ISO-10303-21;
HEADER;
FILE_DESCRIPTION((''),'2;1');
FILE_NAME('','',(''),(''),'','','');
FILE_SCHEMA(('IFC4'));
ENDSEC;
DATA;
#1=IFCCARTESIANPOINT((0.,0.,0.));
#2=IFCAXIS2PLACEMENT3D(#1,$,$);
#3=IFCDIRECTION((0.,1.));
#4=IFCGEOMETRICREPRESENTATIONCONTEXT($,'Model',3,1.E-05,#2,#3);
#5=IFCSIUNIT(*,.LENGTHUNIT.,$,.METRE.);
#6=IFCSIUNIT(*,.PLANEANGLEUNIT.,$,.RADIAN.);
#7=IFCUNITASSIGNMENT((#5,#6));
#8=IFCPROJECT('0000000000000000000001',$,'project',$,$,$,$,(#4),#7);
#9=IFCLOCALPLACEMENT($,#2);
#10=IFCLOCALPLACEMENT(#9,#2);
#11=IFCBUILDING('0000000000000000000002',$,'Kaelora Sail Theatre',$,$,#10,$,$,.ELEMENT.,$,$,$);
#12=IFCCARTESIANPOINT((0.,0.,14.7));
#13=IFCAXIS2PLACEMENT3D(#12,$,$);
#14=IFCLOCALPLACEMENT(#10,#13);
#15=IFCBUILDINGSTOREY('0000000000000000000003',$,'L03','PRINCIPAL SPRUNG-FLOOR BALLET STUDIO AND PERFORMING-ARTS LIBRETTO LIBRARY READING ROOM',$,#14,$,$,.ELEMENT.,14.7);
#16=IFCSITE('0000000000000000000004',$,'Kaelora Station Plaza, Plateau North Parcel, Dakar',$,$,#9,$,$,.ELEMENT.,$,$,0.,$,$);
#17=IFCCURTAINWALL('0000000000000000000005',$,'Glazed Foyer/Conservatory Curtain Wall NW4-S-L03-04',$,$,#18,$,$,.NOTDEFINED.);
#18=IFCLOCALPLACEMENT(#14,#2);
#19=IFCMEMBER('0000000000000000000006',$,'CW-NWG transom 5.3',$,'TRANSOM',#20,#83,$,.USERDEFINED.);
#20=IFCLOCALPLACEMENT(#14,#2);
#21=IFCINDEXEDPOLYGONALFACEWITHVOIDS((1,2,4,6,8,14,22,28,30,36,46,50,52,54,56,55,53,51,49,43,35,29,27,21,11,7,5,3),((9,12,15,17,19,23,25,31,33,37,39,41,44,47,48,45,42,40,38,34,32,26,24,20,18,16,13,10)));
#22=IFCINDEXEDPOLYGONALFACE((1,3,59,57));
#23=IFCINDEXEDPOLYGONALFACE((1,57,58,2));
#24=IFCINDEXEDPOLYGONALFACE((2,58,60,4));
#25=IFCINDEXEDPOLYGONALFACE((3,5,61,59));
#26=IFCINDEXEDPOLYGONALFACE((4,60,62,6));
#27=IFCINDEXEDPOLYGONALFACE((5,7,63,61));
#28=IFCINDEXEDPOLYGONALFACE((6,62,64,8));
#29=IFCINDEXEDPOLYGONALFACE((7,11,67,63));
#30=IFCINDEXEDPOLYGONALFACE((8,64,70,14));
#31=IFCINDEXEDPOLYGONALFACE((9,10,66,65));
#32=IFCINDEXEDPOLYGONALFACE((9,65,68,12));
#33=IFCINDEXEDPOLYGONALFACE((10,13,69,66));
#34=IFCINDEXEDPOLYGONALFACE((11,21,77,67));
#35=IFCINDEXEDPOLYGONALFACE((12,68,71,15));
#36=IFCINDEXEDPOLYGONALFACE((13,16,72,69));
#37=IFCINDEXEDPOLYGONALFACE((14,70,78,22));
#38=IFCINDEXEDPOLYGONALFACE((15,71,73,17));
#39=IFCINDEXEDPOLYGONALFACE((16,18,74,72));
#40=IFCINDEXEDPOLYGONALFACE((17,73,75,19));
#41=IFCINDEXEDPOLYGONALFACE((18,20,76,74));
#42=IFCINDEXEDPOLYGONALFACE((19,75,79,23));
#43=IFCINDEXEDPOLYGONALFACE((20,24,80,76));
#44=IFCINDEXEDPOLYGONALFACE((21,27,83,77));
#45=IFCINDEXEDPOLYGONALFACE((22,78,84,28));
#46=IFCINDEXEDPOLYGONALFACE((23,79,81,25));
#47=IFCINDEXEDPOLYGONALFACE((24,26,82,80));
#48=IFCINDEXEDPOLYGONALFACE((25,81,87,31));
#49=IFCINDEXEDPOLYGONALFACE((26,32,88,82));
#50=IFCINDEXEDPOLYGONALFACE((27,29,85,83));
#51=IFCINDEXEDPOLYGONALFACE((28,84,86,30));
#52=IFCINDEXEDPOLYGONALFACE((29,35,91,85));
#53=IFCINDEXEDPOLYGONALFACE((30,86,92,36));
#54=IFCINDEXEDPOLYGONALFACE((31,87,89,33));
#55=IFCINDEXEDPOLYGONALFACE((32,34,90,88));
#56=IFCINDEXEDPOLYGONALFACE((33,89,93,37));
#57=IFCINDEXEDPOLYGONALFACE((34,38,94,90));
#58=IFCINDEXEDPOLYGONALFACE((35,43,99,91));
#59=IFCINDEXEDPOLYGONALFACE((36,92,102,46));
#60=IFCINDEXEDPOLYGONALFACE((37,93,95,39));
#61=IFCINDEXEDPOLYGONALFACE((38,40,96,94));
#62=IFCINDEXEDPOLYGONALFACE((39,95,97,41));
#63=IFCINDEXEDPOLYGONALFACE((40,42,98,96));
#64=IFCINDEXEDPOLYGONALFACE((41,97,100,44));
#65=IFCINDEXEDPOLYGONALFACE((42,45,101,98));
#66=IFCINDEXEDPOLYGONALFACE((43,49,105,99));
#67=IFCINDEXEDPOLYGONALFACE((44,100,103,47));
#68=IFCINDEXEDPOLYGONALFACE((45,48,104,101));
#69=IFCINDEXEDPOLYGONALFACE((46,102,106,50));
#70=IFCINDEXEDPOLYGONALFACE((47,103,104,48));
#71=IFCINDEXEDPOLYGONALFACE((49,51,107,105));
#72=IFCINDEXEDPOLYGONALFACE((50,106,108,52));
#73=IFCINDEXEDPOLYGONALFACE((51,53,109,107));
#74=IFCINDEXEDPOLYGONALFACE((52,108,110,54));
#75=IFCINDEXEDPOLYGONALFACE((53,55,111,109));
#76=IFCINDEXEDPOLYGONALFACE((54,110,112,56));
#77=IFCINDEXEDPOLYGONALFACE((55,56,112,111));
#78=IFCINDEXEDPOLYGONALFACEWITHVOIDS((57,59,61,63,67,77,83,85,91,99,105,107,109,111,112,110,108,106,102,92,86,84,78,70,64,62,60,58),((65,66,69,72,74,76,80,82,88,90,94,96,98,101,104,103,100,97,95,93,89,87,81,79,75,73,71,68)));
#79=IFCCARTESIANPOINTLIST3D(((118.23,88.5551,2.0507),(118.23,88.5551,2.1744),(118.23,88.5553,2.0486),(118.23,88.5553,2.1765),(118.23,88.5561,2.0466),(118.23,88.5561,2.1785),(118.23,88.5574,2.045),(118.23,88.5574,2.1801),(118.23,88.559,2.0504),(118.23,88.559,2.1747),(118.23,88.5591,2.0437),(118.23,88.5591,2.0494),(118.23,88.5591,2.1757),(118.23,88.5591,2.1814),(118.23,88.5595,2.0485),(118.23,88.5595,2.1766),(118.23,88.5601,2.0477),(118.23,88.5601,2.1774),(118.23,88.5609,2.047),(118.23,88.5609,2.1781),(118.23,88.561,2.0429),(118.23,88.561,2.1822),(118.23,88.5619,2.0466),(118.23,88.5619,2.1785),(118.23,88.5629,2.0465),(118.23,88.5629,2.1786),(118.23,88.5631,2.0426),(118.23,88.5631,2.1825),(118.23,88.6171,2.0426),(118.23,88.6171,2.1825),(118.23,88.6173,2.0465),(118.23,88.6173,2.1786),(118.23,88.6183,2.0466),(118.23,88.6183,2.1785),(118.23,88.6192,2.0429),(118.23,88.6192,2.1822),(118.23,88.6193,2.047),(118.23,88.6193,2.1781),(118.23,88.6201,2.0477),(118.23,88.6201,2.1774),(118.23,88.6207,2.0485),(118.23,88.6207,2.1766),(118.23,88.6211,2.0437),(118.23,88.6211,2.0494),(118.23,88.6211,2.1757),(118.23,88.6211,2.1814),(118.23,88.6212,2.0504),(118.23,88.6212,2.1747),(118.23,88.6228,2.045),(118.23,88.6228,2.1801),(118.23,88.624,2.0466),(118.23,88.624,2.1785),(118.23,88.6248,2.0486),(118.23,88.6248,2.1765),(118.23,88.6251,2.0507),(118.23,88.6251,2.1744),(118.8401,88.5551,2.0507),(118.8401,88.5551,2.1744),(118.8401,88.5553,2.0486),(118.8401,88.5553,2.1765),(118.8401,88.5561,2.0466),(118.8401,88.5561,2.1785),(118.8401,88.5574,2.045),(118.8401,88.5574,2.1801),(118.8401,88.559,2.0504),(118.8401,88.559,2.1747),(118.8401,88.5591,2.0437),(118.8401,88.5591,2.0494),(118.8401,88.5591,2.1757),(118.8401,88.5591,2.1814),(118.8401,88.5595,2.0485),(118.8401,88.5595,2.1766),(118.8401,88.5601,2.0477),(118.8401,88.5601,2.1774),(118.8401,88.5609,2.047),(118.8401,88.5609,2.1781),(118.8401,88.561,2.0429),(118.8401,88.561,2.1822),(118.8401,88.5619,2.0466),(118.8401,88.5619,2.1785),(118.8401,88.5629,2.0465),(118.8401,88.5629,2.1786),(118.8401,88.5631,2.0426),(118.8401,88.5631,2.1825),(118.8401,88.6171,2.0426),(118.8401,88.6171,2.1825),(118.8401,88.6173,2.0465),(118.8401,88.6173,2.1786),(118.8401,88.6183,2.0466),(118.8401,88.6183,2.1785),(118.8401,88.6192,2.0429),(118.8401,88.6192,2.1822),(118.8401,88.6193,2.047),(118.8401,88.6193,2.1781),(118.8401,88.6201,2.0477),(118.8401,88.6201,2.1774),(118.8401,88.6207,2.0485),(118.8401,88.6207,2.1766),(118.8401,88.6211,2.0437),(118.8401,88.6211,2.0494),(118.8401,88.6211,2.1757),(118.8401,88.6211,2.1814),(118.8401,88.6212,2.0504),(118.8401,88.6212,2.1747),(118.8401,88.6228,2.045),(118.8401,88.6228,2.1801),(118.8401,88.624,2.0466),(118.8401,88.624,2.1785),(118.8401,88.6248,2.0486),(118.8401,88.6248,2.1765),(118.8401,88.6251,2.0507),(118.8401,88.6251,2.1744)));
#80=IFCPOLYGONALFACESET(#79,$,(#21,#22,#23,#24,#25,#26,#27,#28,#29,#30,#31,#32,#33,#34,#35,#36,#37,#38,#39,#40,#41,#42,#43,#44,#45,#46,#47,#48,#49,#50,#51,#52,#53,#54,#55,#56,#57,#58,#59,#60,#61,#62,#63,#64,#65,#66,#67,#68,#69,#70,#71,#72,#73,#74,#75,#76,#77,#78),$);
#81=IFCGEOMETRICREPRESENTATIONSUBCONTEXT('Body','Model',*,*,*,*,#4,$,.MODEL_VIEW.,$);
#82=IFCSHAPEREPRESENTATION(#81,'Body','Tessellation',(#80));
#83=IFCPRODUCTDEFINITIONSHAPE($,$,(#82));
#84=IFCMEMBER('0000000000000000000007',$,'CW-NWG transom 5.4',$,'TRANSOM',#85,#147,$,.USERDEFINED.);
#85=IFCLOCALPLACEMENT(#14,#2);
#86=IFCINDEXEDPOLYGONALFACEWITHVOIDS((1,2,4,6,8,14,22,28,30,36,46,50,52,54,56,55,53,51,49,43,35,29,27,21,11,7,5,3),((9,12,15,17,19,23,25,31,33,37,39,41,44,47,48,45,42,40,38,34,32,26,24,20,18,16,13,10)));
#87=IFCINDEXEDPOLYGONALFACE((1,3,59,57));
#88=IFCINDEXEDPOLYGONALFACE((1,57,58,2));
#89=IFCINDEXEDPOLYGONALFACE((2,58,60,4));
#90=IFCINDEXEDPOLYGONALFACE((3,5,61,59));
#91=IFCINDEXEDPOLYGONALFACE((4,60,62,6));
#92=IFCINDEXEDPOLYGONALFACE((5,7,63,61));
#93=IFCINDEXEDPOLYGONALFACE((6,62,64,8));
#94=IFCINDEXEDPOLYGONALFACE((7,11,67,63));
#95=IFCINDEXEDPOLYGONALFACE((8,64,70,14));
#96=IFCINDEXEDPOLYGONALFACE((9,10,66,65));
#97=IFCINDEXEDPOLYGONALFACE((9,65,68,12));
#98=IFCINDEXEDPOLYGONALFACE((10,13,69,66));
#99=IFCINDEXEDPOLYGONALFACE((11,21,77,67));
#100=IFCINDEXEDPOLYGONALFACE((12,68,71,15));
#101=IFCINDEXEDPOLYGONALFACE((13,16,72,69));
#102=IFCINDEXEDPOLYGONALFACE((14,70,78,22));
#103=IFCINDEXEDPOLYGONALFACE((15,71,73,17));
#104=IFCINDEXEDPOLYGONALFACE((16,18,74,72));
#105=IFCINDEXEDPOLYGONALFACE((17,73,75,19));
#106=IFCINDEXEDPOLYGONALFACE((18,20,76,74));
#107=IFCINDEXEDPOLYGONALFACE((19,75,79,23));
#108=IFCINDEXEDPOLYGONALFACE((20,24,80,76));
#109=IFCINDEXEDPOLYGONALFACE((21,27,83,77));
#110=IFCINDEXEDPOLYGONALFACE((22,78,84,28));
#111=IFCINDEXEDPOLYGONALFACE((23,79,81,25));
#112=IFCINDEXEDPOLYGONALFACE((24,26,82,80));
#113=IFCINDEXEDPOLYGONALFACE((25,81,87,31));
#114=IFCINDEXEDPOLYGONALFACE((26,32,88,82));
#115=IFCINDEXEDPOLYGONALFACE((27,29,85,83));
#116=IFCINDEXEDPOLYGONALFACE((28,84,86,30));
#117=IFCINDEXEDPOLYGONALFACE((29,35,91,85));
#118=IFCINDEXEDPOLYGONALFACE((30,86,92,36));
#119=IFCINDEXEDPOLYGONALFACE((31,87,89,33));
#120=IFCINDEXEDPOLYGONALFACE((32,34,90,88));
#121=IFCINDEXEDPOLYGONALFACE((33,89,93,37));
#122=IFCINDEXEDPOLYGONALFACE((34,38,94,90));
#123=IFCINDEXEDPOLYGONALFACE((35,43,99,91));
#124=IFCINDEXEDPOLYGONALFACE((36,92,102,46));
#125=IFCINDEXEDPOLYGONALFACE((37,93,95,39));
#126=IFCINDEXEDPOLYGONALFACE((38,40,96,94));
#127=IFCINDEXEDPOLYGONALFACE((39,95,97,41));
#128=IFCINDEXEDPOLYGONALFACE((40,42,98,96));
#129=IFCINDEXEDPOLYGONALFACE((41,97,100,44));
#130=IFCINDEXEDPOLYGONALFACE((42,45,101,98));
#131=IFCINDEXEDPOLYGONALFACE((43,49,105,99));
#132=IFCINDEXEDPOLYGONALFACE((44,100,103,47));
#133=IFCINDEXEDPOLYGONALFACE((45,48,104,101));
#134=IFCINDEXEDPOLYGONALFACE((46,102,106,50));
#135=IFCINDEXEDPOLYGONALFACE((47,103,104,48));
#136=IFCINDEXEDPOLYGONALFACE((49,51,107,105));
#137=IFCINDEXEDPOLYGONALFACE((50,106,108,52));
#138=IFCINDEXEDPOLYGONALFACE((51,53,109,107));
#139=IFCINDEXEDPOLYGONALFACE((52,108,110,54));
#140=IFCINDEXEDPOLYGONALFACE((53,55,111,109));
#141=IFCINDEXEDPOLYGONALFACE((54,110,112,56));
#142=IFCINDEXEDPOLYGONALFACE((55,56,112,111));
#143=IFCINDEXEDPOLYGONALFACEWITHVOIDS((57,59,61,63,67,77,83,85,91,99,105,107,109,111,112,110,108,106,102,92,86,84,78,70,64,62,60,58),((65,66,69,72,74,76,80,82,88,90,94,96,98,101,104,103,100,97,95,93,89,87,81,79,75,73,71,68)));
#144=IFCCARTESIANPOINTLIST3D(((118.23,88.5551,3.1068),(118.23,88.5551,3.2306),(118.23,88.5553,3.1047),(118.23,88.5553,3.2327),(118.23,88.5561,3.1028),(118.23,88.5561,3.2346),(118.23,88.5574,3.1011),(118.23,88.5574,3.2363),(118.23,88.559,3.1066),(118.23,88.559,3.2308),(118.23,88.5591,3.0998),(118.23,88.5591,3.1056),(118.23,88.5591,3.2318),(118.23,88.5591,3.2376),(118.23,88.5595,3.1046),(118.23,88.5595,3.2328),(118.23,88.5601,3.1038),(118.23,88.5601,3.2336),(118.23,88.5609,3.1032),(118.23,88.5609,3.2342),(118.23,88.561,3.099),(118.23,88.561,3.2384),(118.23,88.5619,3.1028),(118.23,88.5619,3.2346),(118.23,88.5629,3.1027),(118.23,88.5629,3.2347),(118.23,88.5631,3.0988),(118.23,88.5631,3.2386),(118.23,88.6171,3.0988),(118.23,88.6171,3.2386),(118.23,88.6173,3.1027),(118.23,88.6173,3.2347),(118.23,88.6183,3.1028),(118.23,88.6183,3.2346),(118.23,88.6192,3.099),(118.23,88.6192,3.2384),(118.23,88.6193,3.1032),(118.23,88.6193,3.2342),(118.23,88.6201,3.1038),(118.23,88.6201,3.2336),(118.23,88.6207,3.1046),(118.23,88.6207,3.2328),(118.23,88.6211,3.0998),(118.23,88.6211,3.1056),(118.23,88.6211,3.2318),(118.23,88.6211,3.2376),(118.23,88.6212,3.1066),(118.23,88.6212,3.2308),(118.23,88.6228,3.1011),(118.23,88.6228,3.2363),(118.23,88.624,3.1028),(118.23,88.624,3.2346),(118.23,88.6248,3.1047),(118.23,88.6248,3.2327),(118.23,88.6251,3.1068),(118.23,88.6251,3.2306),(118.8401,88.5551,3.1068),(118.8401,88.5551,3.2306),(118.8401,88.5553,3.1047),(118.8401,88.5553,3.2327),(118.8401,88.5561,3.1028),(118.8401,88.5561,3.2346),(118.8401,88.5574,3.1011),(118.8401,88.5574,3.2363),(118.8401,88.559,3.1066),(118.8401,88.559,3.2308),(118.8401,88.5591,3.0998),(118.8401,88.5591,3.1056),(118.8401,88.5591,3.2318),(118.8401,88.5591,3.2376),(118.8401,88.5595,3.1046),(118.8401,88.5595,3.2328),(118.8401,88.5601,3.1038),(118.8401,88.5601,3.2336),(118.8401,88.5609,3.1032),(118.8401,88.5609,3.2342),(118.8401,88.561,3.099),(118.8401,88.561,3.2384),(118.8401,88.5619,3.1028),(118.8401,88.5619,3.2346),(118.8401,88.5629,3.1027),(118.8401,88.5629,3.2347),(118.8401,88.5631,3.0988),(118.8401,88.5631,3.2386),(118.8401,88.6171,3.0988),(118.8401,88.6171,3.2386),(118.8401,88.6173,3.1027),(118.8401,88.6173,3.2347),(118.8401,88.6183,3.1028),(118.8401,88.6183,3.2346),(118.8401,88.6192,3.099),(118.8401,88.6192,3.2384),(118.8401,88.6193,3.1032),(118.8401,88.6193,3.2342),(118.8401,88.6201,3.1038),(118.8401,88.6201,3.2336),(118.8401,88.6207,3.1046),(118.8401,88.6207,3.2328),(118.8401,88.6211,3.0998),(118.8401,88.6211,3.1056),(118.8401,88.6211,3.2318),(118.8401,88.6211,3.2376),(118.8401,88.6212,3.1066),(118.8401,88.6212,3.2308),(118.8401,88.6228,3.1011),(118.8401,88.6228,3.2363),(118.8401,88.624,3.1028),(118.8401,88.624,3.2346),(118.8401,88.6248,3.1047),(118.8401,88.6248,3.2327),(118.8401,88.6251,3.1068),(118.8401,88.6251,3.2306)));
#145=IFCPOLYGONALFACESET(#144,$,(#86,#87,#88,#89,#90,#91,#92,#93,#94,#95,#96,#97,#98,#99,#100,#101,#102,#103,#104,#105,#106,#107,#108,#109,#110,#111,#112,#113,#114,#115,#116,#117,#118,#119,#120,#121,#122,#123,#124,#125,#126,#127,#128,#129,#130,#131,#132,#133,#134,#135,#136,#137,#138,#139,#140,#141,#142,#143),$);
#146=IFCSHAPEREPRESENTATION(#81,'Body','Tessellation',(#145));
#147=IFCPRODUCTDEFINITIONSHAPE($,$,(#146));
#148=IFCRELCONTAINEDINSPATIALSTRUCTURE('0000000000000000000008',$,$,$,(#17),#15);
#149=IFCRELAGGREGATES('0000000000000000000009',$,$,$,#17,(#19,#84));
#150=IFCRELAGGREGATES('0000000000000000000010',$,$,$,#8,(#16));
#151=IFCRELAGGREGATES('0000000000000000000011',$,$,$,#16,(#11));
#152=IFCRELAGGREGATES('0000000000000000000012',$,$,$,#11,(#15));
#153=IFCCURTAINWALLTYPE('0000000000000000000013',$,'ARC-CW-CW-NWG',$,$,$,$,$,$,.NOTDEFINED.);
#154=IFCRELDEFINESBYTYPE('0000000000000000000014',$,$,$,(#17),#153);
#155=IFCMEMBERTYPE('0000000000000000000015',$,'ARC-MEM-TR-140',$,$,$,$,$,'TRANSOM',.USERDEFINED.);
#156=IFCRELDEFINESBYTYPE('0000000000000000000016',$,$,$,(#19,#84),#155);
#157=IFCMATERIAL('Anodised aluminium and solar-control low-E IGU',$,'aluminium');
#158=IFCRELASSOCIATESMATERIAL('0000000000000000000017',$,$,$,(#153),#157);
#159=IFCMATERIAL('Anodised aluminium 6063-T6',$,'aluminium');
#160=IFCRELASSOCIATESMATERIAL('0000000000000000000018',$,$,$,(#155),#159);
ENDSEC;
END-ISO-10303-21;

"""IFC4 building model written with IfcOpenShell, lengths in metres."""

from ifc_helpers import new_model, si_unit, direction, frame, origin, origin_2d, place, context, subcontext, project, spatial, hollow_rectangle, extrude, material, material_profile, profile_set, type_object, element, aggregate, save


model = new_model("IFC4")

# Units and contexts
model_context = context("Model", 3, precision=1e-05, world=origin(), true_north=direction((0.0, 1.0)))
body_context = subcontext(model_context, "Body", "Model", "MODEL_VIEW")
ifc_project = project(units=[si_unit("LENGTHUNIT", "METRE"), si_unit("PLANEANGLEUNIT", "RADIAN")], contexts=[model_context])

# Site, building, storey
site_placement = place(None, origin())
site = spatial("IfcSite", under=ifc_project, at=site_placement, Name="Kaelora Station Plaza, Plateau North Parcel, Dakar", CompositionType="ELEMENT", RefElevation=0.0)
building_placement = place(site_placement, origin())
building = spatial("IfcBuilding", under=site, at=building_placement, Name="Kaelora Sail Theatre", CompositionType="ELEMENT")
storey_placement = place(building_placement, frame((0.0, 0.0, 14.7)))
storey = spatial("IfcBuildingStorey", under=building, at=storey_placement, Name="L03", Description="PRINCIPAL SPRUNG-FLOOR BALLET STUDIO AND PERFORMING-ARTS LIBRETTO LIBRARY READING ROOM", CompositionType="ELEMENT", Elevation=14.7)

# Curtain wall, members
ifc_material_1 = material(Name="Anodised aluminium and solar-control low-E IGU", Category="aluminium")
curtain_wall_type = type_object("IfcCurtainWallType", Name="ARC-CW-CW-NWG", PredefinedType="NOTDEFINED", material=ifc_material_1)
curtain_wall_1_placement = place(storey_placement, origin())
curtain_wall_1 = element("IfcCurtainWall", 1, at=curtain_wall_1_placement, inside=storey, type_object=curtain_wall_type, Name="Glazed Foyer/Conservatory Curtain Wall NW4-S-L03-04", PredefinedType="NOTDEFINED")
ifc_material_2 = material(Name="Anodised aluminium 6063-T6", Category="aluminium")
ifc_material_profile = material_profile(ifc_material_2, hollow_rectangle(XDim=0.0701, YDim=0.1399, WallThickness=0.0039, InnerFilletRadius=0.0039, OuterFilletRadius=0.0081, at=origin_2d()), Name="ALU-TRAN 70x140x4")
ifc_profile_set = profile_set([ifc_material_profile], Name="Anodised aluminium 6063-T6")
member_type = type_object("IfcMemberType", Name="ARC-MEM-TR-140", ElementType="TRANSOM", PredefinedType="USERDEFINED", material=ifc_profile_set)
member_1_placement = place(storey_placement, frame((118.23, 88.5901, 2.1125), z_axis=(1.0, 0.0, 0.0), x_axis=(0.0, 1.0, 0.0)))
member_1 = element("IfcMember", 2, at=member_1_placement, type_object=member_type, Name="CW-NWG transom 5.3", ObjectType="TRANSOM", PredefinedType="USERDEFINED", context=body_context, shape_type="SweptSolid", body=[
    extrude(hollow_rectangle(XDim=0.0701, YDim=0.1399, WallThickness=0.0039, InnerFilletRadius=0.0039, OuterFilletRadius=0.0081, at=origin_2d()), origin(), (0.0, 0.0, 1.0), 0.6101),
])
member_2_placement = place(storey_placement, frame((118.23, 88.5901, 3.1687), z_axis=(1.0, 0.0, 0.0), x_axis=(0.0, 1.0, 0.0)))
member_2 = element("IfcMember", 3, at=member_2_placement, type_object=member_type, Name="CW-NWG transom 5.4", ObjectType="TRANSOM", PredefinedType="USERDEFINED", context=body_context, shape_type="SweptSolid", body=[
    extrude(hollow_rectangle(XDim=0.0701, YDim=0.1399, WallThickness=0.0039, InnerFilletRadius=0.0039, OuterFilletRadius=0.0081, at=origin_2d()), origin(), (0.0, 0.0, 1.0), 0.6101),
])

aggregate(curtain_wall_1, [member_1, member_2])

save(model, "model.ifc")
